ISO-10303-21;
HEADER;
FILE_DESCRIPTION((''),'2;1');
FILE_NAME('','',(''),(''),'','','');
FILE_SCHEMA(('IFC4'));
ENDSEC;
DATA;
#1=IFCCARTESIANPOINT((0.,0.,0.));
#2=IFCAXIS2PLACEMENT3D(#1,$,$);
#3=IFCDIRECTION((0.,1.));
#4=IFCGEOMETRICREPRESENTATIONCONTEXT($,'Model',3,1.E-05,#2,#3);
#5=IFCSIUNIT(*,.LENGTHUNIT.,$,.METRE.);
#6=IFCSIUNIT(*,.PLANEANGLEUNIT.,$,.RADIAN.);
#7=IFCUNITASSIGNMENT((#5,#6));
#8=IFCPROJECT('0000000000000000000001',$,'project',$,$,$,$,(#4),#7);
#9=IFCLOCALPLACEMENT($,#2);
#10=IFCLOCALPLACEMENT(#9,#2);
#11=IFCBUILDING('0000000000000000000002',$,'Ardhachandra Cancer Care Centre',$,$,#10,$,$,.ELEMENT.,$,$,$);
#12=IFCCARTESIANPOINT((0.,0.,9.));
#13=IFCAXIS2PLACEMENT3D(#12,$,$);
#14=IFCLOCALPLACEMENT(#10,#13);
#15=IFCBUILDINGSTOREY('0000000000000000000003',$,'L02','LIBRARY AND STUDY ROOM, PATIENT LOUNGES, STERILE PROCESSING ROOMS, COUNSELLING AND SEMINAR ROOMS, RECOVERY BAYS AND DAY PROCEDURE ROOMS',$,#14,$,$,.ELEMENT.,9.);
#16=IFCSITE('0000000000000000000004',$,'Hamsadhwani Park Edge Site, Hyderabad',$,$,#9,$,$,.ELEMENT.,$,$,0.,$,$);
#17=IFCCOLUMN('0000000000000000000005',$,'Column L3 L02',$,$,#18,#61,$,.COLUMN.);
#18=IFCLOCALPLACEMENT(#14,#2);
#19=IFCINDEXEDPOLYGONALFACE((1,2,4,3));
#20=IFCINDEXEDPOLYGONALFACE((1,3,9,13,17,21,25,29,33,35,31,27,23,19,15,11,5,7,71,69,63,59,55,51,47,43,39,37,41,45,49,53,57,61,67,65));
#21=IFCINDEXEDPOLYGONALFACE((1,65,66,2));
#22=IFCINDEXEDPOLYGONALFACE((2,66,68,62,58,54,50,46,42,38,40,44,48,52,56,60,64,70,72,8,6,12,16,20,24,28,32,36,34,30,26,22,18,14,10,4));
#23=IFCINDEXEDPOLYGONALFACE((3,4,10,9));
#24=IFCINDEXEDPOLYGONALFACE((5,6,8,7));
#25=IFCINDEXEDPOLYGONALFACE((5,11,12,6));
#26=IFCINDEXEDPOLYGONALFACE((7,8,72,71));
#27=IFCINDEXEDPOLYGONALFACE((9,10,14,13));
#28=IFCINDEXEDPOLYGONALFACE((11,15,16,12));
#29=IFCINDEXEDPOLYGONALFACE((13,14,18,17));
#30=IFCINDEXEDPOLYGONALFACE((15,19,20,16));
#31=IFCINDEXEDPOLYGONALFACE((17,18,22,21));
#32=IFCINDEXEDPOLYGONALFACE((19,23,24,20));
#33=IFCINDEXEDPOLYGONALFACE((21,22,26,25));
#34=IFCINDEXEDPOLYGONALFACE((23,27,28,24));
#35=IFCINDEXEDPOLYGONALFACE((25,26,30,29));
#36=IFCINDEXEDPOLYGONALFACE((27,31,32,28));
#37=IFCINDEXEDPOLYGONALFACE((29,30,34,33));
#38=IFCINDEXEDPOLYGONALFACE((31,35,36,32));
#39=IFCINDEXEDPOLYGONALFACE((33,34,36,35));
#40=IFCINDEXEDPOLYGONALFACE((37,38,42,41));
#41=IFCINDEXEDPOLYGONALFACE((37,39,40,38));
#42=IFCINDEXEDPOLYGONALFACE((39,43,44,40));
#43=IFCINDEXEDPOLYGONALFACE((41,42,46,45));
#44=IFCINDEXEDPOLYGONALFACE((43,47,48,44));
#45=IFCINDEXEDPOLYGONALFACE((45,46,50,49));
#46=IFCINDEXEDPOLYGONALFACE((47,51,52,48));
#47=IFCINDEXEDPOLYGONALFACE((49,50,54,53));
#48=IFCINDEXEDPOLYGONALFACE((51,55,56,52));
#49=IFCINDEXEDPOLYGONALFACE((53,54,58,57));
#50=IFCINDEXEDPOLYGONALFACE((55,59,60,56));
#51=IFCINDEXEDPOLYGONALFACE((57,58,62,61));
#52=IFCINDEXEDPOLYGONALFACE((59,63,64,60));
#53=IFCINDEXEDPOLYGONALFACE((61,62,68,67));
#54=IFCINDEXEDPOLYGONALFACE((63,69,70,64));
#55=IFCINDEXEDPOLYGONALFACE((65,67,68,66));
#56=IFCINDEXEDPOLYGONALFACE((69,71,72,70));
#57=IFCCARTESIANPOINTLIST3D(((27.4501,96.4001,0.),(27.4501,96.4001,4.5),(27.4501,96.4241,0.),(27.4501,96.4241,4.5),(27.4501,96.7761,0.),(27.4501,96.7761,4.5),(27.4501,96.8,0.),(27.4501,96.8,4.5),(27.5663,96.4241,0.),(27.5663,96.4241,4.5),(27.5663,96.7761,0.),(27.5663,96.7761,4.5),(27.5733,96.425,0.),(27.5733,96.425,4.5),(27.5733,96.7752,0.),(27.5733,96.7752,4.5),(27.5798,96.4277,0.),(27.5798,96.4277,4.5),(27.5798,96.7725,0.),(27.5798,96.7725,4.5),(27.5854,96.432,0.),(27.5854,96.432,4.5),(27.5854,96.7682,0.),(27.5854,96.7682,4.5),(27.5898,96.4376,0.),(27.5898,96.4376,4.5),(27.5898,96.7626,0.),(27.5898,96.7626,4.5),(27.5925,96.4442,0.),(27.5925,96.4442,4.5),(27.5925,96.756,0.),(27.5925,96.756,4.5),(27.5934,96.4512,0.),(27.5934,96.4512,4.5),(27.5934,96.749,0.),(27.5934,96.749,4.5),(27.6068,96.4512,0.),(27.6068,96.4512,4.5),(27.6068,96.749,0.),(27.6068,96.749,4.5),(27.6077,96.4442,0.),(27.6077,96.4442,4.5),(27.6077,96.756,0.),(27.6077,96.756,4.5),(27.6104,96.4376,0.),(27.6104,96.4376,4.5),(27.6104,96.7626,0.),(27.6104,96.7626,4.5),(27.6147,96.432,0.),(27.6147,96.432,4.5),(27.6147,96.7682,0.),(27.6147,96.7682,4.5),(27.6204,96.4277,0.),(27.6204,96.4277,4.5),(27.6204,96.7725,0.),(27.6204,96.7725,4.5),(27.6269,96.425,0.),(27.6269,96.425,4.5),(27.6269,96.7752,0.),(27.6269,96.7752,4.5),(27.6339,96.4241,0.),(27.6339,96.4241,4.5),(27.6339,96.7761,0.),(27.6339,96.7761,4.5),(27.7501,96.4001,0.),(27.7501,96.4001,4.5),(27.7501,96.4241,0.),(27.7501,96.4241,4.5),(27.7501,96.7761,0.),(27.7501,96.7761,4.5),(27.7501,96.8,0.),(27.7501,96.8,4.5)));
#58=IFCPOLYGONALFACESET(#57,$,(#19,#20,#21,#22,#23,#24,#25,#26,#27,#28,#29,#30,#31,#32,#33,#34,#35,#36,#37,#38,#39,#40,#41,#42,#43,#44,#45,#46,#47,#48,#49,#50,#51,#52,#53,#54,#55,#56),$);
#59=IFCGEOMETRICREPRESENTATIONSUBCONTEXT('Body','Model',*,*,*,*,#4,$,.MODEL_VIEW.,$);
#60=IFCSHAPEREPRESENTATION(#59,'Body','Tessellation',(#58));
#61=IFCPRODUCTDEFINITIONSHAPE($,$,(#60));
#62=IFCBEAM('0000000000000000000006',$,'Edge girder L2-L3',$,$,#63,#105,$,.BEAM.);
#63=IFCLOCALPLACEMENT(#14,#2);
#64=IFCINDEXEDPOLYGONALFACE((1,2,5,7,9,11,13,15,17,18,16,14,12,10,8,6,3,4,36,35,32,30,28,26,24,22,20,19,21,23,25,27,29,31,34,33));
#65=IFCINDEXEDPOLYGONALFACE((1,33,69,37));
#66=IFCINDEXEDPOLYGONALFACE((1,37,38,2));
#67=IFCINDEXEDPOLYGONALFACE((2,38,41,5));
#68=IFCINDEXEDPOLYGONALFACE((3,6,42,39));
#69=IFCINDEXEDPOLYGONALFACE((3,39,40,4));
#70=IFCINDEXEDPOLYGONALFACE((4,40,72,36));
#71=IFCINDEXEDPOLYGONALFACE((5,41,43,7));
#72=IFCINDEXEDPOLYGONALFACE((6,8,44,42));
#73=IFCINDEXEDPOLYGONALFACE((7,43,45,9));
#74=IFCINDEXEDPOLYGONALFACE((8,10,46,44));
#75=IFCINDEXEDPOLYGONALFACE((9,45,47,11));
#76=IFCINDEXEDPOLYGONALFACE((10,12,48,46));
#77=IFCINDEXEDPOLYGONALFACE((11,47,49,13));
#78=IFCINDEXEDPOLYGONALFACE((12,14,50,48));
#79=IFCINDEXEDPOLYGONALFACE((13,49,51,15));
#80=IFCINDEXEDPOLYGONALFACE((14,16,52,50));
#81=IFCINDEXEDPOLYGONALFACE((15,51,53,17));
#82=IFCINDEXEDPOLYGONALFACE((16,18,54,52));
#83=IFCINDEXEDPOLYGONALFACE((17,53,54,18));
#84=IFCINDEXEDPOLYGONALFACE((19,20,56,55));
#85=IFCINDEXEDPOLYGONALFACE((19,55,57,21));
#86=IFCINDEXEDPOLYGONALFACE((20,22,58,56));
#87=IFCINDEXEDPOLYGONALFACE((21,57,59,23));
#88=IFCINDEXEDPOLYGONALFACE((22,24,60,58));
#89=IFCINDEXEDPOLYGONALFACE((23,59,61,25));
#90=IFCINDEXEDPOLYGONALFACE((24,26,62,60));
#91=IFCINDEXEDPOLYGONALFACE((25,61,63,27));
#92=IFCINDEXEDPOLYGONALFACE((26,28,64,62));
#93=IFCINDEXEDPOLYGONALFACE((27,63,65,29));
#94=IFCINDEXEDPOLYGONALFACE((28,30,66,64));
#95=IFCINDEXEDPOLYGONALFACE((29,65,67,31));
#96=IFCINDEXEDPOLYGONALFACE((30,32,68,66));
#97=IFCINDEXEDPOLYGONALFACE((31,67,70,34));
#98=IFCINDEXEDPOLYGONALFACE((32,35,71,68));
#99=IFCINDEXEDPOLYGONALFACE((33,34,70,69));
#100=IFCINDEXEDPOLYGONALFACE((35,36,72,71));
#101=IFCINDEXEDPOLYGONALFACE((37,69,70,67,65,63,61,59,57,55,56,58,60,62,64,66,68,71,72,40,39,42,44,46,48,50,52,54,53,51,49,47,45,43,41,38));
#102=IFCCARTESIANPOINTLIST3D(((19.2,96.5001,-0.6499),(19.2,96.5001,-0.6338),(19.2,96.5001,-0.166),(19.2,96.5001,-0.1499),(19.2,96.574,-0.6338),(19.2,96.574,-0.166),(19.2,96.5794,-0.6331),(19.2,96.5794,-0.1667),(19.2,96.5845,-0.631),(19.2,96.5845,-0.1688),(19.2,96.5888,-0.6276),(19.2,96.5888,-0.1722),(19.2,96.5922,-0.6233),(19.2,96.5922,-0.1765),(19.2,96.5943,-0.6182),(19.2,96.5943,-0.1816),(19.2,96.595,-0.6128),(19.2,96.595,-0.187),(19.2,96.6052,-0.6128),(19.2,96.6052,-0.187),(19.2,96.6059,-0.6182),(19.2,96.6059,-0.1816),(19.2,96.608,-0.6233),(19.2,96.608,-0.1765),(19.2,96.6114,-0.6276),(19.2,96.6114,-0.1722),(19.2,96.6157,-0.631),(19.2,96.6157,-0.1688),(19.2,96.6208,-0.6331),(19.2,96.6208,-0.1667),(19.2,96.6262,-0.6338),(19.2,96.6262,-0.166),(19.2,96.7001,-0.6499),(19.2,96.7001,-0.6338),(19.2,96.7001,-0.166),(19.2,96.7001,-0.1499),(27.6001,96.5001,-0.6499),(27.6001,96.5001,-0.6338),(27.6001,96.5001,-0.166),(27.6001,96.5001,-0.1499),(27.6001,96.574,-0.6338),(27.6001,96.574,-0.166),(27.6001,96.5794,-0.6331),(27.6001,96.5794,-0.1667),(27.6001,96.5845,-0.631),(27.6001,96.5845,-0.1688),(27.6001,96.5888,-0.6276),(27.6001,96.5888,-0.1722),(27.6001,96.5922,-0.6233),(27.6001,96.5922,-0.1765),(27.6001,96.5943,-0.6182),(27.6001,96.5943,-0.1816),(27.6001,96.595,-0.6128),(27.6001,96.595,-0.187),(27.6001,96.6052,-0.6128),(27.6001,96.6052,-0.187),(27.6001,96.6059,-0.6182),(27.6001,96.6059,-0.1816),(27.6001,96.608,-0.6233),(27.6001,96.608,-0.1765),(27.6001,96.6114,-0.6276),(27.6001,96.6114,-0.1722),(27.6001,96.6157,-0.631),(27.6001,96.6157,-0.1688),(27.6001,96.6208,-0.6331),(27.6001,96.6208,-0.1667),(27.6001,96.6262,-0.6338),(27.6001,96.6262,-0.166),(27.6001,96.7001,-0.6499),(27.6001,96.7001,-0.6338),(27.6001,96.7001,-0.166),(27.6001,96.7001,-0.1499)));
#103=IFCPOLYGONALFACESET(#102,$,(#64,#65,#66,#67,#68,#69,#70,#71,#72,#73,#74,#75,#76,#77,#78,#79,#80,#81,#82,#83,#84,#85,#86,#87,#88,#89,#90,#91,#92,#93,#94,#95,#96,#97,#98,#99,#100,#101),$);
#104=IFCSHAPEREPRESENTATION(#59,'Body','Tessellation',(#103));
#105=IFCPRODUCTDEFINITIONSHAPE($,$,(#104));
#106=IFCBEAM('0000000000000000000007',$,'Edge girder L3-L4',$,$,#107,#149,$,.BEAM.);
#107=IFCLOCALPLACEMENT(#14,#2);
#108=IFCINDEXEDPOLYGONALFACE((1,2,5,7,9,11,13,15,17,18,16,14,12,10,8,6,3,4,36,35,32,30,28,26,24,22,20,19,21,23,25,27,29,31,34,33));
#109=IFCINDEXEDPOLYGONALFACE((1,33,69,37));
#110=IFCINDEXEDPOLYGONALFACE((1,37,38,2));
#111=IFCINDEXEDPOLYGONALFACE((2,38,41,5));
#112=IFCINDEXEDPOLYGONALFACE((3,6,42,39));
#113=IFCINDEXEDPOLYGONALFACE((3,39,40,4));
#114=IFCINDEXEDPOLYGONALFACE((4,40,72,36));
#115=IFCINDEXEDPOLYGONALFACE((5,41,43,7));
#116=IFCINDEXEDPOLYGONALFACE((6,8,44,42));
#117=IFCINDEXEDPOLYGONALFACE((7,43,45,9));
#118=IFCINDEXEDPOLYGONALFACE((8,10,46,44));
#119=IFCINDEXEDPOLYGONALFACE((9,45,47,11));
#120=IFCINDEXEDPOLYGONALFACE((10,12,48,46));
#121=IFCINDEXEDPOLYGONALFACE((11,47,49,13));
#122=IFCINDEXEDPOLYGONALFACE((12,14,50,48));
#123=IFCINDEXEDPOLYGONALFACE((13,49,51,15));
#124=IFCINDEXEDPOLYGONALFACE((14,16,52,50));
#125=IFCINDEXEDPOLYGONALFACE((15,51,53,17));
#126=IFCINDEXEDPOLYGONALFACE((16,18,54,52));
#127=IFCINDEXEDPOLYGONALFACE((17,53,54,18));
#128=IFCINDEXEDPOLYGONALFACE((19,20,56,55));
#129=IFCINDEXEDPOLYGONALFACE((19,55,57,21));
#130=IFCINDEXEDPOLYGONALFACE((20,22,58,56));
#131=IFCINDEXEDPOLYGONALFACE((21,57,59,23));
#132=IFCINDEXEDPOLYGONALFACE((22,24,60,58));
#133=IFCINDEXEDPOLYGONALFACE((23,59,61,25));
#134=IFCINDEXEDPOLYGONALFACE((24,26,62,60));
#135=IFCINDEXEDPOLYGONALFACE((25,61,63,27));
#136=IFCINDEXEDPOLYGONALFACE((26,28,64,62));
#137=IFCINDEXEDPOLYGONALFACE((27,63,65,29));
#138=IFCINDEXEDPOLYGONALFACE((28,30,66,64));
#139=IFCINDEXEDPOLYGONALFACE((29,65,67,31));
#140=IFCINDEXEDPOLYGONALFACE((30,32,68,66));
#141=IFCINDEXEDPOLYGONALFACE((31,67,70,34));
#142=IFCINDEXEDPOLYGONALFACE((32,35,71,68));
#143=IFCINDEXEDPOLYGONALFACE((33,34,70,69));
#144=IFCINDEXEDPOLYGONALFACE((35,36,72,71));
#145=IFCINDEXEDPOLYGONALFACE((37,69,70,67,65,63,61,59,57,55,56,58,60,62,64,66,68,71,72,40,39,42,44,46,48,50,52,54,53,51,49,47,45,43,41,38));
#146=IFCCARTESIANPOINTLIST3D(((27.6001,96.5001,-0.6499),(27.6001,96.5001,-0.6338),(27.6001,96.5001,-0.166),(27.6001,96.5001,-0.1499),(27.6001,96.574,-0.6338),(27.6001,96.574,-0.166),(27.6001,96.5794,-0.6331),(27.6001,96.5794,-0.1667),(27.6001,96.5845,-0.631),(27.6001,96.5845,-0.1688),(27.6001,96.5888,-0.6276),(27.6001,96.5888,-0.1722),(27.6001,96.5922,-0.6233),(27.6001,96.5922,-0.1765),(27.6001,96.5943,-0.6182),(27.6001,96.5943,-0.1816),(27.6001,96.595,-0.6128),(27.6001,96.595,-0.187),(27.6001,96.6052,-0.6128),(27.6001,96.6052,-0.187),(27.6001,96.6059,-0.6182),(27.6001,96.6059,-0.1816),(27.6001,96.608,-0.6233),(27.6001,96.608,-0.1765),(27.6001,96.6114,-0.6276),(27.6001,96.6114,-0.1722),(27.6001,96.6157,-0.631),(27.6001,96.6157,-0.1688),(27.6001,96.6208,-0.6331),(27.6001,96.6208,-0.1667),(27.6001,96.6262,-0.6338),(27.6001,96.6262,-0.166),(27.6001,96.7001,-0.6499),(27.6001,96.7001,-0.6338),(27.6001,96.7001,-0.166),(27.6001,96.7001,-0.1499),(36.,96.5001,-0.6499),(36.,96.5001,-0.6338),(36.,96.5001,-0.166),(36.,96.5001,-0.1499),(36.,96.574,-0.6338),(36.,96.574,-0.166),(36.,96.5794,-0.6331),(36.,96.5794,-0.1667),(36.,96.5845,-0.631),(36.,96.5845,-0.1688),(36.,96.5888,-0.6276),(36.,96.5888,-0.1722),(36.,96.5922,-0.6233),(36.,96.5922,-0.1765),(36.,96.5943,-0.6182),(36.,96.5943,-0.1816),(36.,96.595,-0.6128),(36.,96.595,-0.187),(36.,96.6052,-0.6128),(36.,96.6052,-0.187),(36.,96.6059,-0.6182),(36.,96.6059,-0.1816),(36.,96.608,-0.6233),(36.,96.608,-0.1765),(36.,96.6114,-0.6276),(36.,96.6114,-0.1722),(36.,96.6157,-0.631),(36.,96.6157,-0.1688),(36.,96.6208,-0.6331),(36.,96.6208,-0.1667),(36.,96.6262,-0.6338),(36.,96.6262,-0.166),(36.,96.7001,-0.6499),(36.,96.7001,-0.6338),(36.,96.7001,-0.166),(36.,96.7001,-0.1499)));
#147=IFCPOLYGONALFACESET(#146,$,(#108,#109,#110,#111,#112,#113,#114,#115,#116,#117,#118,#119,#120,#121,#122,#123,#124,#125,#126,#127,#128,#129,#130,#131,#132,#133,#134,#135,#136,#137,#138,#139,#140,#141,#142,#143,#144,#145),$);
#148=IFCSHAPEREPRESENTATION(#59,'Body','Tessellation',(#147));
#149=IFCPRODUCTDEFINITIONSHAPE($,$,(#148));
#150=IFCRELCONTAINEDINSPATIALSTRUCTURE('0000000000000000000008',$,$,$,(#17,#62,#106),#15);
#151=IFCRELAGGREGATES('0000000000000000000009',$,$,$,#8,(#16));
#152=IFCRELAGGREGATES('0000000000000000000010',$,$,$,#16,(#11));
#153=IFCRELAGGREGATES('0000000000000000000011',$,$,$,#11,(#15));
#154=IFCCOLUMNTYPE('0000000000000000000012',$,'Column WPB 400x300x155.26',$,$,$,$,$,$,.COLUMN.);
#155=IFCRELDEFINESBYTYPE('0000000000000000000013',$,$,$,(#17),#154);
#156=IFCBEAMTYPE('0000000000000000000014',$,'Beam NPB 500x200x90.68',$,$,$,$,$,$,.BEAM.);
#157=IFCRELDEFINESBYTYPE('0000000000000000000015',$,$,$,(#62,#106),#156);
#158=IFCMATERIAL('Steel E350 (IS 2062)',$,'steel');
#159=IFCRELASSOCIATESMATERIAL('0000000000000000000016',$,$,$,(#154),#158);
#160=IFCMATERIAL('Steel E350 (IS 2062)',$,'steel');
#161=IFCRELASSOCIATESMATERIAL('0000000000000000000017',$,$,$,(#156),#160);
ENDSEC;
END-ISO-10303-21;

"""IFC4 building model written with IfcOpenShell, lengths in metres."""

from ifc_helpers import new_model, si_unit, direction, frame, origin, origin_2d, place, context, subcontext, project, spatial, i_section, extrude, material, material_profile, profile_set, type_object, element, save


model = new_model("IFC4")

# Units and contexts
model_context = context("Model", 3, precision=1e-05, world=origin(), true_north=direction((0.0, 1.0)))
body_context = subcontext(model_context, "Body", "Model", "MODEL_VIEW")
ifc_project = project(units=[si_unit("LENGTHUNIT", "METRE"), si_unit("PLANEANGLEUNIT", "RADIAN")], contexts=[model_context])

# Site, building, storey
site_placement = place(None, origin())
site = spatial("IfcSite", under=ifc_project, at=site_placement, Name="Hamsadhwani Park Edge Site, Hyderabad", CompositionType="ELEMENT", RefElevation=0.0)
building_placement = place(site_placement, origin())
building = spatial("IfcBuilding", under=site, at=building_placement, Name="Ardhachandra Cancer Care Centre", CompositionType="ELEMENT")
storey_placement = place(building_placement, frame((0.0, 0.0, 9.0)))
storey = spatial("IfcBuildingStorey", under=building, at=storey_placement, Name="L02", Description="LIBRARY AND STUDY ROOM, PATIENT LOUNGES, STERILE PROCESSING ROOMS, COUNSELLING AND SEMINAR ROOMS, RECOVERY BAYS AND DAY PROCEDURE ROOMS", CompositionType="ELEMENT", Elevation=9.0)

# Column
ifc_material_1 = material(Name="Steel E350 (IS 2062)", Category="steel")
ifc_material_profile_1 = material_profile(ifc_material_1, i_section(OverallWidth=0.3, OverallDepth=0.3999, WebThickness=0.0134, FlangeThickness=0.0239, FilletRadius=0.0271, at=origin_2d()), Name="WPB 400x300x155.26")
ifc_profile_set_1 = profile_set([ifc_material_profile_1], Name="Steel E350 (IS 2062)")
column_type = type_object("IfcColumnType", Name="Column WPB 400x300x155.26", PredefinedType="COLUMN", material=ifc_profile_set_1)
column_placement = place(storey_placement, frame((27.6001, 96.6001, 0.0), z_axis=(0.0, 0.0, 1.0), x_axis=(1.0, 0.0, 0.0)))
element("IfcColumn", 1, at=column_placement, inside=storey, type_object=column_type, Name="Column L3 L02", PredefinedType="COLUMN", context=body_context, shape_type="SweptSolid", body=[
    extrude(i_section(OverallWidth=0.3, OverallDepth=0.3999, WebThickness=0.0134, FlangeThickness=0.0239, FilletRadius=0.0271, at=origin_2d()), origin(), (0.0, 0.0, 1.0), 4.5),
])

# Beams
ifc_material_2 = material(Name="Steel E350 (IS 2062)", Category="steel")
ifc_material_profile_2 = material_profile(ifc_material_2, i_section(OverallWidth=0.2, OverallDepth=0.5, WebThickness=0.0103, FlangeThickness=0.0161, FilletRadius=0.021, at=origin_2d()), Name="NPB 500x200x90.68")
ifc_profile_set_2 = profile_set([ifc_material_profile_2], Name="Steel E350 (IS 2062)")
beam_type = type_object("IfcBeamType", Name="Beam NPB 500x200x90.68", PredefinedType="BEAM", material=ifc_profile_set_2)
beam_1_placement = place(storey_placement, frame((19.2, 96.6001, -0.3999), z_axis=(1.0, 0.0, 0.0), x_axis=(0.0, 1.0, 0.0)))
element("IfcBeam", 2, at=beam_1_placement, inside=storey, type_object=beam_type, Name="Edge girder L2-L3", PredefinedType="BEAM", context=body_context, shape_type="SweptSolid", body=[
    extrude(i_section(OverallWidth=0.2, OverallDepth=0.5, WebThickness=0.0103, FlangeThickness=0.0161, FilletRadius=0.021, at=origin_2d()), origin(), (0.0, 0.0, 1.0), 8.4001),
])
beam_2_placement = place(storey_placement, frame((27.6001, 96.6001, -0.3999), z_axis=(1.0, 0.0, 0.0), x_axis=(0.0, 1.0, 0.0)))
element("IfcBeam", 3, at=beam_2_placement, inside=storey, type_object=beam_type, Name="Edge girder L3-L4", PredefinedType="BEAM", context=body_context, shape_type="SweptSolid", body=[
    extrude(i_section(OverallWidth=0.2, OverallDepth=0.5, WebThickness=0.0103, FlangeThickness=0.0161, FilletRadius=0.021, at=origin_2d()), origin(), (0.0, 0.0, 1.0), 8.3999),
])

save(model, "model.ifc")
